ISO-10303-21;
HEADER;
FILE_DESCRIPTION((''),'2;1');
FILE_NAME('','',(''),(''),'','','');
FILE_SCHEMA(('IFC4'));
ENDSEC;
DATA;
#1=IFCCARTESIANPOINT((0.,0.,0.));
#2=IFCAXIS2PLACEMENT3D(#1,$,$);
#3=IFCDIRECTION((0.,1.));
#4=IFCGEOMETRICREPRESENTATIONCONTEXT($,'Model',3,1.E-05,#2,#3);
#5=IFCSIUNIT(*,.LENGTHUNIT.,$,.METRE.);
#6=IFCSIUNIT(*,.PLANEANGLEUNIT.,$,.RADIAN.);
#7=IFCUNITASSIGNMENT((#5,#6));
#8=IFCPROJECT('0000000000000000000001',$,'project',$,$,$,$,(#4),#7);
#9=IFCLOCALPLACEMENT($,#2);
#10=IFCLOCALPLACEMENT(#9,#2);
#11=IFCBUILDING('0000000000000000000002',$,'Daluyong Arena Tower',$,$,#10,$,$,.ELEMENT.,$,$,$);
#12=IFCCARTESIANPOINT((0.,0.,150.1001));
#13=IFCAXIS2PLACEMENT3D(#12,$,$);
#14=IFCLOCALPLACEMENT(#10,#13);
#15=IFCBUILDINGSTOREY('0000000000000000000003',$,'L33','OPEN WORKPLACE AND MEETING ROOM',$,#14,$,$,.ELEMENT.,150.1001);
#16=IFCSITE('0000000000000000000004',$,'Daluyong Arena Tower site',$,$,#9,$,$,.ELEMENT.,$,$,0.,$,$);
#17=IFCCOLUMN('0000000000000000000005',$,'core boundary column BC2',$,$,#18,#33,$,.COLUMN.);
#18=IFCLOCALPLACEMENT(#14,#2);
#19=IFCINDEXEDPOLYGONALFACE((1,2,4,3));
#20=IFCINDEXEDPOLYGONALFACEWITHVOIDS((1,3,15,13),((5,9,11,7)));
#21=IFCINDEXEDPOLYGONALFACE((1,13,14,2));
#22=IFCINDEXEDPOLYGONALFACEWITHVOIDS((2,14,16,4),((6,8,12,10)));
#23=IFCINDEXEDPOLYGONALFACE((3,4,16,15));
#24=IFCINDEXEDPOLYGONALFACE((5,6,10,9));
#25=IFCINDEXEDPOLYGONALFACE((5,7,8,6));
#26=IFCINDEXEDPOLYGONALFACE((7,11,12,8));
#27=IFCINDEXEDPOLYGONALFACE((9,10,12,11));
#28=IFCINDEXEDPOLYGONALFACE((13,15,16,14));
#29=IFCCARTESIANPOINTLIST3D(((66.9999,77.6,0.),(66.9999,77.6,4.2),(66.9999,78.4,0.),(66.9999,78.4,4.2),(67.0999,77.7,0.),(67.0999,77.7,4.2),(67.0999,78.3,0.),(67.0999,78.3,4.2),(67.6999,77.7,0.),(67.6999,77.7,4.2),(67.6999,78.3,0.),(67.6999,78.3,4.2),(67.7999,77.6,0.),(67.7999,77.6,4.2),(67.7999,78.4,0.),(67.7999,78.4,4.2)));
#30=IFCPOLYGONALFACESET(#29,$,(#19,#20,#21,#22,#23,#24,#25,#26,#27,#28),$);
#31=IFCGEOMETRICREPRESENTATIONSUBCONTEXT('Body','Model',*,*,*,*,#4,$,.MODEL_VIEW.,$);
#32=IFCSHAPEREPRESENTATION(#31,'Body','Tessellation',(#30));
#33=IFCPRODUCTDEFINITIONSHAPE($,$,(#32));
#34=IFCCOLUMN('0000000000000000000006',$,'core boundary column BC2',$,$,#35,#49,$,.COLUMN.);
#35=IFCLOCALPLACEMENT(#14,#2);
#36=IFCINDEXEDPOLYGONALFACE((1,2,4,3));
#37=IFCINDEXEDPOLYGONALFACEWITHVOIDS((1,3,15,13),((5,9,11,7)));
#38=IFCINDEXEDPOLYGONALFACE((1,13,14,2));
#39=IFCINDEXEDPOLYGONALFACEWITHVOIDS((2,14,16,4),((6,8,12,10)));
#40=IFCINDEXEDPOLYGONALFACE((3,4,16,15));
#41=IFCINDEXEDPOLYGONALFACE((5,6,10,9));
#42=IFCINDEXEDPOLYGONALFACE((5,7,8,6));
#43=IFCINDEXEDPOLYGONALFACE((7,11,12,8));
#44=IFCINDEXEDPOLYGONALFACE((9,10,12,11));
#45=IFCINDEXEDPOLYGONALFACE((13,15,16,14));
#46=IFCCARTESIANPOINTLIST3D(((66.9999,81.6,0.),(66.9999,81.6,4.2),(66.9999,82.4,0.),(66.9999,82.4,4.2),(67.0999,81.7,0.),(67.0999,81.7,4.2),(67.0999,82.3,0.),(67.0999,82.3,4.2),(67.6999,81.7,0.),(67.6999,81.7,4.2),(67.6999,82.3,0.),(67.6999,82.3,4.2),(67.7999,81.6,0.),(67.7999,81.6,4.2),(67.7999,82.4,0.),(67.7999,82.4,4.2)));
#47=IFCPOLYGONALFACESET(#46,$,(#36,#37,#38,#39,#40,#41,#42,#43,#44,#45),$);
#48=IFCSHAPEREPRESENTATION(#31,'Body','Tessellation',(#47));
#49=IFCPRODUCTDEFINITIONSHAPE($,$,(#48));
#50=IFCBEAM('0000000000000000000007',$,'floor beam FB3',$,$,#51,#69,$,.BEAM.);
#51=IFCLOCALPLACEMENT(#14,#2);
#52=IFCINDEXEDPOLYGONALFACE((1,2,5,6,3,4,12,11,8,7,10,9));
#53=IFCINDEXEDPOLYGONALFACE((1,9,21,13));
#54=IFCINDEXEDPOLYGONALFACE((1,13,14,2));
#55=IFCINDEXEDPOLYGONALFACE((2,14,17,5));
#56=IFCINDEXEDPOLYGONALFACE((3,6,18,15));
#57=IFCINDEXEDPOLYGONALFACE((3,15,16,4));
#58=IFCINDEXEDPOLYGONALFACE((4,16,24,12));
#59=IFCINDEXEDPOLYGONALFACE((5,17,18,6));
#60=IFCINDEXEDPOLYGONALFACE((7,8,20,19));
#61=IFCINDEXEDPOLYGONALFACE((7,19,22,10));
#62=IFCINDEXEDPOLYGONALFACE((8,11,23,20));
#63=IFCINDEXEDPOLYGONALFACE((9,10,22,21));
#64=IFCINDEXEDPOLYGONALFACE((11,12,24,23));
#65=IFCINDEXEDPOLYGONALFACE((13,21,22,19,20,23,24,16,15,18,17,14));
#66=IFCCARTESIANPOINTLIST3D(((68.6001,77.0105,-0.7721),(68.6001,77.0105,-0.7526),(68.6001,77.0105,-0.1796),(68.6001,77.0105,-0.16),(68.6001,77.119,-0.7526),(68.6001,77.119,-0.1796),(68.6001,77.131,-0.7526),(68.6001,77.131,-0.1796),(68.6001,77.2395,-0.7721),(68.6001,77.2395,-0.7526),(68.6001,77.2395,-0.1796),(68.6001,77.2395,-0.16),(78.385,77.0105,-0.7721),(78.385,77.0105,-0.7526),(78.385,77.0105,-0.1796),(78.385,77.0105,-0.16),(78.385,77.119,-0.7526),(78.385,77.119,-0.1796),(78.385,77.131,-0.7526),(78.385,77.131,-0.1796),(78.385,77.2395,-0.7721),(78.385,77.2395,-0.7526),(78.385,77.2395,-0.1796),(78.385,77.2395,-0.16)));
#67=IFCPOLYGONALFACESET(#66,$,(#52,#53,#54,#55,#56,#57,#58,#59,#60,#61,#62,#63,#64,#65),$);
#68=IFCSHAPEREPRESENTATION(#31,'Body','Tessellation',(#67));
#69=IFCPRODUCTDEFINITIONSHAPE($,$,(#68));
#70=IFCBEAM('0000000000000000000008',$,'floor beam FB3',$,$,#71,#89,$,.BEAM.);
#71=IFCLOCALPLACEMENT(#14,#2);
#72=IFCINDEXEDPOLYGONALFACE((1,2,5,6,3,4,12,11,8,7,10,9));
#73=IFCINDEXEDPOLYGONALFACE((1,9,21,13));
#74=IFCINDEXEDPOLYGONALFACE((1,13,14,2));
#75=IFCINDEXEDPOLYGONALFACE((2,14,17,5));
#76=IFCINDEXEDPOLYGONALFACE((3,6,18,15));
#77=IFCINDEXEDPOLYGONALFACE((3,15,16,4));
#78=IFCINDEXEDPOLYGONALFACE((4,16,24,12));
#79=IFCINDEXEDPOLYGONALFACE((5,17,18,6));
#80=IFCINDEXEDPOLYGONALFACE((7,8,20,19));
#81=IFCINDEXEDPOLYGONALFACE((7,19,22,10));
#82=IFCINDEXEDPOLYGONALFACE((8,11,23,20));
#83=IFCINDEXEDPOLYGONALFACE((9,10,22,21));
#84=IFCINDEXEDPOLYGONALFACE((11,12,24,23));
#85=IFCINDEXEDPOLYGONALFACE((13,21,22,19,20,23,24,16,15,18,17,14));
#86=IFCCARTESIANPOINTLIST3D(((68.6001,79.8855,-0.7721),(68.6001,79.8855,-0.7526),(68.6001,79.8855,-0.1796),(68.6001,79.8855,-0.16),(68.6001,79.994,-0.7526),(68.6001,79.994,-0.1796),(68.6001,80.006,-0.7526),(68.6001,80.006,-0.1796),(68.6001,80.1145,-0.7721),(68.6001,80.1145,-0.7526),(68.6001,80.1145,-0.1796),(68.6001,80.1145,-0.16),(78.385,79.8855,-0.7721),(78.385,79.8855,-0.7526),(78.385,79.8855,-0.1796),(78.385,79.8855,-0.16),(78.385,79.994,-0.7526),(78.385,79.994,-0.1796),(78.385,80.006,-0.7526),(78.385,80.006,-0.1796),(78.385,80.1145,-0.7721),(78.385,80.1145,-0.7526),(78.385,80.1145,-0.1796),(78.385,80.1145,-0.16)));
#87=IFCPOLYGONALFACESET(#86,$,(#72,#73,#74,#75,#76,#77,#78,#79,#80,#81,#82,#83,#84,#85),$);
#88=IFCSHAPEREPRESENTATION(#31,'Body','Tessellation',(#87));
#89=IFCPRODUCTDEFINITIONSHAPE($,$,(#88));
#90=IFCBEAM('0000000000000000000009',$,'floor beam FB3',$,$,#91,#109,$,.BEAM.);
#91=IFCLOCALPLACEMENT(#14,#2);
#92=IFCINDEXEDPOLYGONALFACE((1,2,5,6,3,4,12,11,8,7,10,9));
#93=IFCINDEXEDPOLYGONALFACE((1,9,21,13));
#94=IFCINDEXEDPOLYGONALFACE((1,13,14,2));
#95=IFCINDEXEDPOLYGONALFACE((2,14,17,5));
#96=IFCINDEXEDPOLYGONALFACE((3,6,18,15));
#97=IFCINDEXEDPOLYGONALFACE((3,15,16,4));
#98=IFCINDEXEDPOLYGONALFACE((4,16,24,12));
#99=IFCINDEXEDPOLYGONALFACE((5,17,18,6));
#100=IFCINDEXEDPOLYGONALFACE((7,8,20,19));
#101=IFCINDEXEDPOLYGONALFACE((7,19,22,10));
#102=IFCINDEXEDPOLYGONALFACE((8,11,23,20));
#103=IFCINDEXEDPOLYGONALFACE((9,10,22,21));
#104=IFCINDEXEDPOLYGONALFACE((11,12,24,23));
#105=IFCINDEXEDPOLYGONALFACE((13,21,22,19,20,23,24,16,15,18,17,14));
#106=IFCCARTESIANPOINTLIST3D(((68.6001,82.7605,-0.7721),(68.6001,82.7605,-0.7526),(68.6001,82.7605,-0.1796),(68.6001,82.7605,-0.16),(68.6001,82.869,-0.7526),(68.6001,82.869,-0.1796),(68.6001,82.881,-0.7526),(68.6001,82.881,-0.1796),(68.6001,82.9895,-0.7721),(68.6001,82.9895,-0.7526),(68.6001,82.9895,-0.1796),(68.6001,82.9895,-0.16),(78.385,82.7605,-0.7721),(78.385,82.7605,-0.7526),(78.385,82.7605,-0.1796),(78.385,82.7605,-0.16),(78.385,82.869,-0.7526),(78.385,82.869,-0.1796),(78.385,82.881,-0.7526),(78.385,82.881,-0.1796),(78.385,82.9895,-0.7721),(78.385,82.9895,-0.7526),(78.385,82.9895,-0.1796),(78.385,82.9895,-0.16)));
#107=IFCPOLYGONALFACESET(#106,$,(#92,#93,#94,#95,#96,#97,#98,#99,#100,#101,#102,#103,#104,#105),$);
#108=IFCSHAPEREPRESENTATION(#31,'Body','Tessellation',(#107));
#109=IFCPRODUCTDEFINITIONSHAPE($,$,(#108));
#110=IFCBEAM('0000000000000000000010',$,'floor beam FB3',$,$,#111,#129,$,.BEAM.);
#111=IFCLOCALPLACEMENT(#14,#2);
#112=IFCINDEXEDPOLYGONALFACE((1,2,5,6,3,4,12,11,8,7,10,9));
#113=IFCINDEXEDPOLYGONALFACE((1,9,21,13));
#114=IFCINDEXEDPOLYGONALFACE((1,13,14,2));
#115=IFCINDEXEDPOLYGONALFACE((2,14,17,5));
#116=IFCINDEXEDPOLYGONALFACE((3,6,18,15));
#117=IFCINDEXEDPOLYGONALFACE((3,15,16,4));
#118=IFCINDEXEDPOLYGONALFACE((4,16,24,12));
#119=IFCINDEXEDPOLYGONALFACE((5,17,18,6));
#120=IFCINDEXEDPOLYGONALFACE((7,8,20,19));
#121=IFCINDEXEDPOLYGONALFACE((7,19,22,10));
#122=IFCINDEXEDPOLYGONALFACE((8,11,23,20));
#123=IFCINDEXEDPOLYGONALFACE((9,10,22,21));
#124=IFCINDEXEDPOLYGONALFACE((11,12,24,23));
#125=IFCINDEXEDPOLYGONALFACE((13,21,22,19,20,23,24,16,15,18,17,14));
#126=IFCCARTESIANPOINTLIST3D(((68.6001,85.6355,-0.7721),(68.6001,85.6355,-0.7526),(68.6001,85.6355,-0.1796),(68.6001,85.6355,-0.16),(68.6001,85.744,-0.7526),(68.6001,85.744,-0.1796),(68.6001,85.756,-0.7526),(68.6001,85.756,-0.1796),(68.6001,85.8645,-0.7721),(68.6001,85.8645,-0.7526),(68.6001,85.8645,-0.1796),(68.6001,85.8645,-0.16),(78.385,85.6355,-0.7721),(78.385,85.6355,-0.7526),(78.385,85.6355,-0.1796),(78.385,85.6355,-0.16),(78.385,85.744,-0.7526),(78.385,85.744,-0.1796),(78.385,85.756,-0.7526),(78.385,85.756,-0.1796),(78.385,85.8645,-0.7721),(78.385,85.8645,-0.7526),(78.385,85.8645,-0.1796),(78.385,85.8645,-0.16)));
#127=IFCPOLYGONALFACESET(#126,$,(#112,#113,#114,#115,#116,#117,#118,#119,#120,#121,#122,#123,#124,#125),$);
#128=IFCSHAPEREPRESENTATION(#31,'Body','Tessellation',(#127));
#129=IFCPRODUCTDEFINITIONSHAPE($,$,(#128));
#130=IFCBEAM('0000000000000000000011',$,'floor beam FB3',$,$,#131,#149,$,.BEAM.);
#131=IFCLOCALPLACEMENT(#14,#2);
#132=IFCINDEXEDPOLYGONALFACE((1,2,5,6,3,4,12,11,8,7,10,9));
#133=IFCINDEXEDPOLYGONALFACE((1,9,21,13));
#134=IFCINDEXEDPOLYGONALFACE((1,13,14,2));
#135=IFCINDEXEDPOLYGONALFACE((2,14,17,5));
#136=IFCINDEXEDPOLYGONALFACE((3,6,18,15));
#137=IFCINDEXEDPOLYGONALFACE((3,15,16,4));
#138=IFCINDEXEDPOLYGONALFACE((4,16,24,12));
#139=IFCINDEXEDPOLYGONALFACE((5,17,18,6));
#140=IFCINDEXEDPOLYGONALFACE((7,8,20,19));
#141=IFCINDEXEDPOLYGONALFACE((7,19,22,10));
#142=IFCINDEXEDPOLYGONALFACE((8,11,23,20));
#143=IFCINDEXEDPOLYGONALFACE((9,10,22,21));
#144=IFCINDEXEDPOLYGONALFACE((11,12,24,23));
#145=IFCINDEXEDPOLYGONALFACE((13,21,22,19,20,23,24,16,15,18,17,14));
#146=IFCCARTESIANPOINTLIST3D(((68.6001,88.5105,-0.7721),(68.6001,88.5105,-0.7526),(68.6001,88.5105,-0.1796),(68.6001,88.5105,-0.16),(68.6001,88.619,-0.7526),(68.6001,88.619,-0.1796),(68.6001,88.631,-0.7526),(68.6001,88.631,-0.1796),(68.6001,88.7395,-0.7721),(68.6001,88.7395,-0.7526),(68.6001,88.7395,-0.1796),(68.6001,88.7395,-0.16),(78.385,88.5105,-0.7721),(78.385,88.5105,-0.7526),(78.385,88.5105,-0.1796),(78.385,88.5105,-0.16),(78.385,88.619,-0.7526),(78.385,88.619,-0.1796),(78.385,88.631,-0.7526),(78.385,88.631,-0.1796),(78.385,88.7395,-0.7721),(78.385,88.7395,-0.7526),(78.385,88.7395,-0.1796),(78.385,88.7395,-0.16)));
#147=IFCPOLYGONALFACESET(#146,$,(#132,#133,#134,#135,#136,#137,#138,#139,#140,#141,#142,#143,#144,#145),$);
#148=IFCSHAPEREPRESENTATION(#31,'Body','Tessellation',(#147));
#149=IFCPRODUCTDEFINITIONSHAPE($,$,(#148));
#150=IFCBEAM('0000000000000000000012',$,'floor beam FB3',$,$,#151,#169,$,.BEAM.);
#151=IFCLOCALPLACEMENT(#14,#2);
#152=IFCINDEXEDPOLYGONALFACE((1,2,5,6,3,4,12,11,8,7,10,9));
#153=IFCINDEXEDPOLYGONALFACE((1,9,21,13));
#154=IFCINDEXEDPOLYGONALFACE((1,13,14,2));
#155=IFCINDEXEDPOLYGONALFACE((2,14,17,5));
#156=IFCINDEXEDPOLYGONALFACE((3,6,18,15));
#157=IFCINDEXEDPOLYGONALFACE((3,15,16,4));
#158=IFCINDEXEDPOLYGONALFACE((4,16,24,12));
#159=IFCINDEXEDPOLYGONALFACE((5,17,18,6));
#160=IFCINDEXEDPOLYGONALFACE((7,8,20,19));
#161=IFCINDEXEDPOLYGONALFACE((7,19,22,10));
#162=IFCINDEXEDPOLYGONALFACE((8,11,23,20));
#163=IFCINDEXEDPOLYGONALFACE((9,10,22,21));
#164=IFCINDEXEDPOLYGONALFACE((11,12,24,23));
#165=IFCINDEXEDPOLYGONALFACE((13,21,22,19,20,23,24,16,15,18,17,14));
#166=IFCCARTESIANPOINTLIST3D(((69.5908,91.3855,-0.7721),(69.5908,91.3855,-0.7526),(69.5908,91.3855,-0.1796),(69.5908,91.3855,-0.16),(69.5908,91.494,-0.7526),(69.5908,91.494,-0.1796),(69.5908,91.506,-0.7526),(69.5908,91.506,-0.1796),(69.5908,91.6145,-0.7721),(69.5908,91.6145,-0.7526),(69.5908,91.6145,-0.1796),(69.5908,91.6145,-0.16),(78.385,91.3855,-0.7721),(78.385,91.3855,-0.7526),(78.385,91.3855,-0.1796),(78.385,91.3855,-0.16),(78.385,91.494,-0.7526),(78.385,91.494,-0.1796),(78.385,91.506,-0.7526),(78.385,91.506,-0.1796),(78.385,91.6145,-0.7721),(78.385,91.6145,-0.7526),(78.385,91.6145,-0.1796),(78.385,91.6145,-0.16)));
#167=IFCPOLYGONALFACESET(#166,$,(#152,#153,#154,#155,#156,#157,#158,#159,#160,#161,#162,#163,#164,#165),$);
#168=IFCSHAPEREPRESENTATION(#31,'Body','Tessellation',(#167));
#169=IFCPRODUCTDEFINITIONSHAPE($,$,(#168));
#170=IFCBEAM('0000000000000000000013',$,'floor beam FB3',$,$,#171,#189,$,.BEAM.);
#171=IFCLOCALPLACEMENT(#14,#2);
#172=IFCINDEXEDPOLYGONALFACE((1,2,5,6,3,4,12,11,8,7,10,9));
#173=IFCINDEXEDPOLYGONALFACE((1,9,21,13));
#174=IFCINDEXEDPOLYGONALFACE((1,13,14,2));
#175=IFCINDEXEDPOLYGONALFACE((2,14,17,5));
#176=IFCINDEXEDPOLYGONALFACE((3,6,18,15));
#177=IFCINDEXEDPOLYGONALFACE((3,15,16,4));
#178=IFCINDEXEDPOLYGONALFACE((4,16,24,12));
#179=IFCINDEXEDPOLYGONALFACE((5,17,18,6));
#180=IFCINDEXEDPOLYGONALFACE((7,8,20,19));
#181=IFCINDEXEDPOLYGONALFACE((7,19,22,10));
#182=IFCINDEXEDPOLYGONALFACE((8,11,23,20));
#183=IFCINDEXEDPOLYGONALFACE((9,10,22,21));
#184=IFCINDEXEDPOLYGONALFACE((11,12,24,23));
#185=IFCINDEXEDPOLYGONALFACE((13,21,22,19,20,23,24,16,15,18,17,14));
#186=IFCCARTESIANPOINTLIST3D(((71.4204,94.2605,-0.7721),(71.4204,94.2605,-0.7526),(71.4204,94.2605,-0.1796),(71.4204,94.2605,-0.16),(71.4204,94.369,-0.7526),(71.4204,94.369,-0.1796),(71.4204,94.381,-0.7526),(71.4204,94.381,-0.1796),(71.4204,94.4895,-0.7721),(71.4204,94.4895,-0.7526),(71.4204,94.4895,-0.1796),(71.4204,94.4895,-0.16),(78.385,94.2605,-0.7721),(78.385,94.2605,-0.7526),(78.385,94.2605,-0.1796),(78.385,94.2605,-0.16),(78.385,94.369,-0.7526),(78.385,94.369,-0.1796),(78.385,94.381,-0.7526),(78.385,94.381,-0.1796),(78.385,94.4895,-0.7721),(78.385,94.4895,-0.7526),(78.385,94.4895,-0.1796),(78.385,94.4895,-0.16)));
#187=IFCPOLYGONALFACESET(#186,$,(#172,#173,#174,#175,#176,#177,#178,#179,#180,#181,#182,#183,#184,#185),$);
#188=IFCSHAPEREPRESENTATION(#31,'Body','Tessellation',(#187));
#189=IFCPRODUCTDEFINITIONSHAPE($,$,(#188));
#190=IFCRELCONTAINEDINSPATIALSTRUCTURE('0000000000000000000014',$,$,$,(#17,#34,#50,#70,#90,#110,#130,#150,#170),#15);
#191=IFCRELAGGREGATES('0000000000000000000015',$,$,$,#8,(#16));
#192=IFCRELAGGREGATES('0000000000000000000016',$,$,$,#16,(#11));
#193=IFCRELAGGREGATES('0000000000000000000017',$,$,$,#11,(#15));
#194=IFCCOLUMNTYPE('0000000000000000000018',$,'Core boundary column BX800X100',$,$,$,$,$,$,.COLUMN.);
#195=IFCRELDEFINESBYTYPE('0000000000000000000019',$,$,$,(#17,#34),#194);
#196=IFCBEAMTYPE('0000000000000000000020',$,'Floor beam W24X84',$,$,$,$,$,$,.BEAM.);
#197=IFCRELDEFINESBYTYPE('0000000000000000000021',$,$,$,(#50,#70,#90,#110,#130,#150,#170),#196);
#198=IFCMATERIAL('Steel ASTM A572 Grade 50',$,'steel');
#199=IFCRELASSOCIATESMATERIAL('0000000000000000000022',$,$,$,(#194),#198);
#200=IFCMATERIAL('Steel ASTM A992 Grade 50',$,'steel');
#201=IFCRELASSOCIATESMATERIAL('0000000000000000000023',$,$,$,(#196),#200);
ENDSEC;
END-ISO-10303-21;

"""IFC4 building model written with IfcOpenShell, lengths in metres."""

from ifc_helpers import new_model, si_unit, direction, frame, origin, origin_2d, place, context, subcontext, project, spatial, hollow_rectangle, i_section, extrude, material, material_profile, profile_set, type_object, element, save


model = new_model("IFC4")

# Units and contexts
model_context = context("Model", 3, precision=1e-05, world=origin(), true_north=direction((0.0, 1.0)))
body_context = subcontext(model_context, "Body", "Model", "MODEL_VIEW")
ifc_project = project(units=[si_unit("LENGTHUNIT", "METRE"), si_unit("PLANEANGLEUNIT", "RADIAN")], contexts=[model_context])

# Site, building, storey
site_placement = place(None, origin())
site = spatial("IfcSite", under=ifc_project, at=site_placement, Name="Daluyong Arena Tower site", CompositionType="ELEMENT", RefElevation=0.0)
building_placement = place(site_placement, origin())
building = spatial("IfcBuilding", under=site, at=building_placement, Name="Daluyong Arena Tower", CompositionType="ELEMENT")
storey_placement = place(building_placement, frame((0.0, 0.0, 150.1001)))
storey = spatial("IfcBuildingStorey", under=building, at=storey_placement, Name="L33", Description="OPEN WORKPLACE AND MEETING ROOM", CompositionType="ELEMENT", Elevation=150.1001)

# Columns
ifc_material_1 = material(Name="Steel ASTM A572 Grade 50", Category="steel")
ifc_material_profile_1 = material_profile(ifc_material_1, hollow_rectangle(XDim=0.8, YDim=0.8, WallThickness=0.1, at=origin_2d()))
ifc_profile_set_1 = profile_set([ifc_material_profile_1], Name="Steel ASTM A572 Grade 50")
column_type = type_object("IfcColumnType", Name="Core boundary column BX800X100", PredefinedType="COLUMN", material=ifc_profile_set_1)
for number, where, z_axis, x_axis, name in (
    (1, (67.3999, 78.0, 0.0), (0.0, 0.0, 1.0), (1.0, 0.0, 0.0), "core boundary column BC2"),
    (2, (67.3999, 82.0, 0.0), (0.0, 0.0, 1.0), (1.0, 0.0, 0.0), "core boundary column BC2"),
):
    element("IfcColumn", number, at=place(storey_placement, frame(where, z_axis=z_axis, x_axis=x_axis)), inside=storey, type_object=column_type, Name=name, PredefinedType="COLUMN", context=body_context, shape_type="SweptSolid", body=[
        extrude(hollow_rectangle(XDim=0.8, YDim=0.8, WallThickness=0.1, at=origin_2d()), origin(), (0.0, 0.0, 1.0), 4.2),
    ])

# Beams
ifc_material_2 = material(Name="Steel ASTM A992 Grade 50", Category="steel")
ifc_material_profile_2 = material_profile(ifc_material_2, i_section(OverallWidth=0.229, OverallDepth=0.6121, WebThickness=0.012, FlangeThickness=0.0195, at=origin_2d()))
ifc_profile_set_2 = profile_set([ifc_material_profile_2], Name="Steel ASTM A992 Grade 50")
beam_type = type_object("IfcBeamType", Name="Floor beam W24X84", PredefinedType="BEAM", material=ifc_profile_set_2)
for number, where, z_axis, x_axis, name in (
    (3, (78.385, 77.125, -0.4661), (-1.0, 0.0, 0.0), (0.0, -1.0, 0.0), "floor beam FB3"),
    (4, (78.385, 80.0, -0.4661), (-1.0, 0.0, 0.0), (0.0, -1.0, 0.0), "floor beam FB3"),
    (5, (78.385, 82.875, -0.4661), (-1.0, 0.0, 0.0), (0.0, -1.0, 0.0), "floor beam FB3"),
    (6, (78.385, 85.75, -0.4661), (-1.0, 0.0, 0.0), (0.0, -1.0, 0.0), "floor beam FB3"),
    (7, (78.385, 88.625, -0.4661), (-1.0, 0.0, 0.0), (0.0, -1.0, 0.0), "floor beam FB3"),
):
    element("IfcBeam", number, at=place(storey_placement, frame(where, z_axis=z_axis, x_axis=x_axis)), inside=storey, type_object=beam_type, Name=name, PredefinedType="BEAM", context=body_context, shape_type="SweptSolid", body=[
        extrude(i_section(OverallWidth=0.229, OverallDepth=0.6121, WebThickness=0.012, FlangeThickness=0.0195, at=origin_2d()), origin(), (0.0, 0.0, 1.0), 9.7849),
    ])
beam_1_placement = place(storey_placement, frame((78.385, 91.5, -0.4661), z_axis=(-1.0, 0.0, 0.0), x_axis=(0.0, -1.0, 0.0)))
element("IfcBeam", 8, at=beam_1_placement, inside=storey, type_object=beam_type, Name="floor beam FB3", PredefinedType="BEAM", context=body_context, shape_type="SweptSolid", body=[
    extrude(i_section(OverallWidth=0.229, OverallDepth=0.6121, WebThickness=0.012, FlangeThickness=0.0195, at=origin_2d()), origin(), (0.0, 0.0, 1.0), 8.7942),
])
beam_2_placement = place(storey_placement, frame((78.385, 94.375, -0.4661), z_axis=(-1.0, 0.0, 0.0), x_axis=(0.0, -1.0, 0.0)))
element("IfcBeam", 9, at=beam_2_placement, inside=storey, type_object=beam_type, Name="floor beam FB3", PredefinedType="BEAM", context=body_context, shape_type="SweptSolid", body=[
    extrude(i_section(OverallWidth=0.229, OverallDepth=0.6121, WebThickness=0.012, FlangeThickness=0.0195, at=origin_2d()), origin(), (0.0, 0.0, 1.0), 6.9646),
])

save(model, "model.ifc")
